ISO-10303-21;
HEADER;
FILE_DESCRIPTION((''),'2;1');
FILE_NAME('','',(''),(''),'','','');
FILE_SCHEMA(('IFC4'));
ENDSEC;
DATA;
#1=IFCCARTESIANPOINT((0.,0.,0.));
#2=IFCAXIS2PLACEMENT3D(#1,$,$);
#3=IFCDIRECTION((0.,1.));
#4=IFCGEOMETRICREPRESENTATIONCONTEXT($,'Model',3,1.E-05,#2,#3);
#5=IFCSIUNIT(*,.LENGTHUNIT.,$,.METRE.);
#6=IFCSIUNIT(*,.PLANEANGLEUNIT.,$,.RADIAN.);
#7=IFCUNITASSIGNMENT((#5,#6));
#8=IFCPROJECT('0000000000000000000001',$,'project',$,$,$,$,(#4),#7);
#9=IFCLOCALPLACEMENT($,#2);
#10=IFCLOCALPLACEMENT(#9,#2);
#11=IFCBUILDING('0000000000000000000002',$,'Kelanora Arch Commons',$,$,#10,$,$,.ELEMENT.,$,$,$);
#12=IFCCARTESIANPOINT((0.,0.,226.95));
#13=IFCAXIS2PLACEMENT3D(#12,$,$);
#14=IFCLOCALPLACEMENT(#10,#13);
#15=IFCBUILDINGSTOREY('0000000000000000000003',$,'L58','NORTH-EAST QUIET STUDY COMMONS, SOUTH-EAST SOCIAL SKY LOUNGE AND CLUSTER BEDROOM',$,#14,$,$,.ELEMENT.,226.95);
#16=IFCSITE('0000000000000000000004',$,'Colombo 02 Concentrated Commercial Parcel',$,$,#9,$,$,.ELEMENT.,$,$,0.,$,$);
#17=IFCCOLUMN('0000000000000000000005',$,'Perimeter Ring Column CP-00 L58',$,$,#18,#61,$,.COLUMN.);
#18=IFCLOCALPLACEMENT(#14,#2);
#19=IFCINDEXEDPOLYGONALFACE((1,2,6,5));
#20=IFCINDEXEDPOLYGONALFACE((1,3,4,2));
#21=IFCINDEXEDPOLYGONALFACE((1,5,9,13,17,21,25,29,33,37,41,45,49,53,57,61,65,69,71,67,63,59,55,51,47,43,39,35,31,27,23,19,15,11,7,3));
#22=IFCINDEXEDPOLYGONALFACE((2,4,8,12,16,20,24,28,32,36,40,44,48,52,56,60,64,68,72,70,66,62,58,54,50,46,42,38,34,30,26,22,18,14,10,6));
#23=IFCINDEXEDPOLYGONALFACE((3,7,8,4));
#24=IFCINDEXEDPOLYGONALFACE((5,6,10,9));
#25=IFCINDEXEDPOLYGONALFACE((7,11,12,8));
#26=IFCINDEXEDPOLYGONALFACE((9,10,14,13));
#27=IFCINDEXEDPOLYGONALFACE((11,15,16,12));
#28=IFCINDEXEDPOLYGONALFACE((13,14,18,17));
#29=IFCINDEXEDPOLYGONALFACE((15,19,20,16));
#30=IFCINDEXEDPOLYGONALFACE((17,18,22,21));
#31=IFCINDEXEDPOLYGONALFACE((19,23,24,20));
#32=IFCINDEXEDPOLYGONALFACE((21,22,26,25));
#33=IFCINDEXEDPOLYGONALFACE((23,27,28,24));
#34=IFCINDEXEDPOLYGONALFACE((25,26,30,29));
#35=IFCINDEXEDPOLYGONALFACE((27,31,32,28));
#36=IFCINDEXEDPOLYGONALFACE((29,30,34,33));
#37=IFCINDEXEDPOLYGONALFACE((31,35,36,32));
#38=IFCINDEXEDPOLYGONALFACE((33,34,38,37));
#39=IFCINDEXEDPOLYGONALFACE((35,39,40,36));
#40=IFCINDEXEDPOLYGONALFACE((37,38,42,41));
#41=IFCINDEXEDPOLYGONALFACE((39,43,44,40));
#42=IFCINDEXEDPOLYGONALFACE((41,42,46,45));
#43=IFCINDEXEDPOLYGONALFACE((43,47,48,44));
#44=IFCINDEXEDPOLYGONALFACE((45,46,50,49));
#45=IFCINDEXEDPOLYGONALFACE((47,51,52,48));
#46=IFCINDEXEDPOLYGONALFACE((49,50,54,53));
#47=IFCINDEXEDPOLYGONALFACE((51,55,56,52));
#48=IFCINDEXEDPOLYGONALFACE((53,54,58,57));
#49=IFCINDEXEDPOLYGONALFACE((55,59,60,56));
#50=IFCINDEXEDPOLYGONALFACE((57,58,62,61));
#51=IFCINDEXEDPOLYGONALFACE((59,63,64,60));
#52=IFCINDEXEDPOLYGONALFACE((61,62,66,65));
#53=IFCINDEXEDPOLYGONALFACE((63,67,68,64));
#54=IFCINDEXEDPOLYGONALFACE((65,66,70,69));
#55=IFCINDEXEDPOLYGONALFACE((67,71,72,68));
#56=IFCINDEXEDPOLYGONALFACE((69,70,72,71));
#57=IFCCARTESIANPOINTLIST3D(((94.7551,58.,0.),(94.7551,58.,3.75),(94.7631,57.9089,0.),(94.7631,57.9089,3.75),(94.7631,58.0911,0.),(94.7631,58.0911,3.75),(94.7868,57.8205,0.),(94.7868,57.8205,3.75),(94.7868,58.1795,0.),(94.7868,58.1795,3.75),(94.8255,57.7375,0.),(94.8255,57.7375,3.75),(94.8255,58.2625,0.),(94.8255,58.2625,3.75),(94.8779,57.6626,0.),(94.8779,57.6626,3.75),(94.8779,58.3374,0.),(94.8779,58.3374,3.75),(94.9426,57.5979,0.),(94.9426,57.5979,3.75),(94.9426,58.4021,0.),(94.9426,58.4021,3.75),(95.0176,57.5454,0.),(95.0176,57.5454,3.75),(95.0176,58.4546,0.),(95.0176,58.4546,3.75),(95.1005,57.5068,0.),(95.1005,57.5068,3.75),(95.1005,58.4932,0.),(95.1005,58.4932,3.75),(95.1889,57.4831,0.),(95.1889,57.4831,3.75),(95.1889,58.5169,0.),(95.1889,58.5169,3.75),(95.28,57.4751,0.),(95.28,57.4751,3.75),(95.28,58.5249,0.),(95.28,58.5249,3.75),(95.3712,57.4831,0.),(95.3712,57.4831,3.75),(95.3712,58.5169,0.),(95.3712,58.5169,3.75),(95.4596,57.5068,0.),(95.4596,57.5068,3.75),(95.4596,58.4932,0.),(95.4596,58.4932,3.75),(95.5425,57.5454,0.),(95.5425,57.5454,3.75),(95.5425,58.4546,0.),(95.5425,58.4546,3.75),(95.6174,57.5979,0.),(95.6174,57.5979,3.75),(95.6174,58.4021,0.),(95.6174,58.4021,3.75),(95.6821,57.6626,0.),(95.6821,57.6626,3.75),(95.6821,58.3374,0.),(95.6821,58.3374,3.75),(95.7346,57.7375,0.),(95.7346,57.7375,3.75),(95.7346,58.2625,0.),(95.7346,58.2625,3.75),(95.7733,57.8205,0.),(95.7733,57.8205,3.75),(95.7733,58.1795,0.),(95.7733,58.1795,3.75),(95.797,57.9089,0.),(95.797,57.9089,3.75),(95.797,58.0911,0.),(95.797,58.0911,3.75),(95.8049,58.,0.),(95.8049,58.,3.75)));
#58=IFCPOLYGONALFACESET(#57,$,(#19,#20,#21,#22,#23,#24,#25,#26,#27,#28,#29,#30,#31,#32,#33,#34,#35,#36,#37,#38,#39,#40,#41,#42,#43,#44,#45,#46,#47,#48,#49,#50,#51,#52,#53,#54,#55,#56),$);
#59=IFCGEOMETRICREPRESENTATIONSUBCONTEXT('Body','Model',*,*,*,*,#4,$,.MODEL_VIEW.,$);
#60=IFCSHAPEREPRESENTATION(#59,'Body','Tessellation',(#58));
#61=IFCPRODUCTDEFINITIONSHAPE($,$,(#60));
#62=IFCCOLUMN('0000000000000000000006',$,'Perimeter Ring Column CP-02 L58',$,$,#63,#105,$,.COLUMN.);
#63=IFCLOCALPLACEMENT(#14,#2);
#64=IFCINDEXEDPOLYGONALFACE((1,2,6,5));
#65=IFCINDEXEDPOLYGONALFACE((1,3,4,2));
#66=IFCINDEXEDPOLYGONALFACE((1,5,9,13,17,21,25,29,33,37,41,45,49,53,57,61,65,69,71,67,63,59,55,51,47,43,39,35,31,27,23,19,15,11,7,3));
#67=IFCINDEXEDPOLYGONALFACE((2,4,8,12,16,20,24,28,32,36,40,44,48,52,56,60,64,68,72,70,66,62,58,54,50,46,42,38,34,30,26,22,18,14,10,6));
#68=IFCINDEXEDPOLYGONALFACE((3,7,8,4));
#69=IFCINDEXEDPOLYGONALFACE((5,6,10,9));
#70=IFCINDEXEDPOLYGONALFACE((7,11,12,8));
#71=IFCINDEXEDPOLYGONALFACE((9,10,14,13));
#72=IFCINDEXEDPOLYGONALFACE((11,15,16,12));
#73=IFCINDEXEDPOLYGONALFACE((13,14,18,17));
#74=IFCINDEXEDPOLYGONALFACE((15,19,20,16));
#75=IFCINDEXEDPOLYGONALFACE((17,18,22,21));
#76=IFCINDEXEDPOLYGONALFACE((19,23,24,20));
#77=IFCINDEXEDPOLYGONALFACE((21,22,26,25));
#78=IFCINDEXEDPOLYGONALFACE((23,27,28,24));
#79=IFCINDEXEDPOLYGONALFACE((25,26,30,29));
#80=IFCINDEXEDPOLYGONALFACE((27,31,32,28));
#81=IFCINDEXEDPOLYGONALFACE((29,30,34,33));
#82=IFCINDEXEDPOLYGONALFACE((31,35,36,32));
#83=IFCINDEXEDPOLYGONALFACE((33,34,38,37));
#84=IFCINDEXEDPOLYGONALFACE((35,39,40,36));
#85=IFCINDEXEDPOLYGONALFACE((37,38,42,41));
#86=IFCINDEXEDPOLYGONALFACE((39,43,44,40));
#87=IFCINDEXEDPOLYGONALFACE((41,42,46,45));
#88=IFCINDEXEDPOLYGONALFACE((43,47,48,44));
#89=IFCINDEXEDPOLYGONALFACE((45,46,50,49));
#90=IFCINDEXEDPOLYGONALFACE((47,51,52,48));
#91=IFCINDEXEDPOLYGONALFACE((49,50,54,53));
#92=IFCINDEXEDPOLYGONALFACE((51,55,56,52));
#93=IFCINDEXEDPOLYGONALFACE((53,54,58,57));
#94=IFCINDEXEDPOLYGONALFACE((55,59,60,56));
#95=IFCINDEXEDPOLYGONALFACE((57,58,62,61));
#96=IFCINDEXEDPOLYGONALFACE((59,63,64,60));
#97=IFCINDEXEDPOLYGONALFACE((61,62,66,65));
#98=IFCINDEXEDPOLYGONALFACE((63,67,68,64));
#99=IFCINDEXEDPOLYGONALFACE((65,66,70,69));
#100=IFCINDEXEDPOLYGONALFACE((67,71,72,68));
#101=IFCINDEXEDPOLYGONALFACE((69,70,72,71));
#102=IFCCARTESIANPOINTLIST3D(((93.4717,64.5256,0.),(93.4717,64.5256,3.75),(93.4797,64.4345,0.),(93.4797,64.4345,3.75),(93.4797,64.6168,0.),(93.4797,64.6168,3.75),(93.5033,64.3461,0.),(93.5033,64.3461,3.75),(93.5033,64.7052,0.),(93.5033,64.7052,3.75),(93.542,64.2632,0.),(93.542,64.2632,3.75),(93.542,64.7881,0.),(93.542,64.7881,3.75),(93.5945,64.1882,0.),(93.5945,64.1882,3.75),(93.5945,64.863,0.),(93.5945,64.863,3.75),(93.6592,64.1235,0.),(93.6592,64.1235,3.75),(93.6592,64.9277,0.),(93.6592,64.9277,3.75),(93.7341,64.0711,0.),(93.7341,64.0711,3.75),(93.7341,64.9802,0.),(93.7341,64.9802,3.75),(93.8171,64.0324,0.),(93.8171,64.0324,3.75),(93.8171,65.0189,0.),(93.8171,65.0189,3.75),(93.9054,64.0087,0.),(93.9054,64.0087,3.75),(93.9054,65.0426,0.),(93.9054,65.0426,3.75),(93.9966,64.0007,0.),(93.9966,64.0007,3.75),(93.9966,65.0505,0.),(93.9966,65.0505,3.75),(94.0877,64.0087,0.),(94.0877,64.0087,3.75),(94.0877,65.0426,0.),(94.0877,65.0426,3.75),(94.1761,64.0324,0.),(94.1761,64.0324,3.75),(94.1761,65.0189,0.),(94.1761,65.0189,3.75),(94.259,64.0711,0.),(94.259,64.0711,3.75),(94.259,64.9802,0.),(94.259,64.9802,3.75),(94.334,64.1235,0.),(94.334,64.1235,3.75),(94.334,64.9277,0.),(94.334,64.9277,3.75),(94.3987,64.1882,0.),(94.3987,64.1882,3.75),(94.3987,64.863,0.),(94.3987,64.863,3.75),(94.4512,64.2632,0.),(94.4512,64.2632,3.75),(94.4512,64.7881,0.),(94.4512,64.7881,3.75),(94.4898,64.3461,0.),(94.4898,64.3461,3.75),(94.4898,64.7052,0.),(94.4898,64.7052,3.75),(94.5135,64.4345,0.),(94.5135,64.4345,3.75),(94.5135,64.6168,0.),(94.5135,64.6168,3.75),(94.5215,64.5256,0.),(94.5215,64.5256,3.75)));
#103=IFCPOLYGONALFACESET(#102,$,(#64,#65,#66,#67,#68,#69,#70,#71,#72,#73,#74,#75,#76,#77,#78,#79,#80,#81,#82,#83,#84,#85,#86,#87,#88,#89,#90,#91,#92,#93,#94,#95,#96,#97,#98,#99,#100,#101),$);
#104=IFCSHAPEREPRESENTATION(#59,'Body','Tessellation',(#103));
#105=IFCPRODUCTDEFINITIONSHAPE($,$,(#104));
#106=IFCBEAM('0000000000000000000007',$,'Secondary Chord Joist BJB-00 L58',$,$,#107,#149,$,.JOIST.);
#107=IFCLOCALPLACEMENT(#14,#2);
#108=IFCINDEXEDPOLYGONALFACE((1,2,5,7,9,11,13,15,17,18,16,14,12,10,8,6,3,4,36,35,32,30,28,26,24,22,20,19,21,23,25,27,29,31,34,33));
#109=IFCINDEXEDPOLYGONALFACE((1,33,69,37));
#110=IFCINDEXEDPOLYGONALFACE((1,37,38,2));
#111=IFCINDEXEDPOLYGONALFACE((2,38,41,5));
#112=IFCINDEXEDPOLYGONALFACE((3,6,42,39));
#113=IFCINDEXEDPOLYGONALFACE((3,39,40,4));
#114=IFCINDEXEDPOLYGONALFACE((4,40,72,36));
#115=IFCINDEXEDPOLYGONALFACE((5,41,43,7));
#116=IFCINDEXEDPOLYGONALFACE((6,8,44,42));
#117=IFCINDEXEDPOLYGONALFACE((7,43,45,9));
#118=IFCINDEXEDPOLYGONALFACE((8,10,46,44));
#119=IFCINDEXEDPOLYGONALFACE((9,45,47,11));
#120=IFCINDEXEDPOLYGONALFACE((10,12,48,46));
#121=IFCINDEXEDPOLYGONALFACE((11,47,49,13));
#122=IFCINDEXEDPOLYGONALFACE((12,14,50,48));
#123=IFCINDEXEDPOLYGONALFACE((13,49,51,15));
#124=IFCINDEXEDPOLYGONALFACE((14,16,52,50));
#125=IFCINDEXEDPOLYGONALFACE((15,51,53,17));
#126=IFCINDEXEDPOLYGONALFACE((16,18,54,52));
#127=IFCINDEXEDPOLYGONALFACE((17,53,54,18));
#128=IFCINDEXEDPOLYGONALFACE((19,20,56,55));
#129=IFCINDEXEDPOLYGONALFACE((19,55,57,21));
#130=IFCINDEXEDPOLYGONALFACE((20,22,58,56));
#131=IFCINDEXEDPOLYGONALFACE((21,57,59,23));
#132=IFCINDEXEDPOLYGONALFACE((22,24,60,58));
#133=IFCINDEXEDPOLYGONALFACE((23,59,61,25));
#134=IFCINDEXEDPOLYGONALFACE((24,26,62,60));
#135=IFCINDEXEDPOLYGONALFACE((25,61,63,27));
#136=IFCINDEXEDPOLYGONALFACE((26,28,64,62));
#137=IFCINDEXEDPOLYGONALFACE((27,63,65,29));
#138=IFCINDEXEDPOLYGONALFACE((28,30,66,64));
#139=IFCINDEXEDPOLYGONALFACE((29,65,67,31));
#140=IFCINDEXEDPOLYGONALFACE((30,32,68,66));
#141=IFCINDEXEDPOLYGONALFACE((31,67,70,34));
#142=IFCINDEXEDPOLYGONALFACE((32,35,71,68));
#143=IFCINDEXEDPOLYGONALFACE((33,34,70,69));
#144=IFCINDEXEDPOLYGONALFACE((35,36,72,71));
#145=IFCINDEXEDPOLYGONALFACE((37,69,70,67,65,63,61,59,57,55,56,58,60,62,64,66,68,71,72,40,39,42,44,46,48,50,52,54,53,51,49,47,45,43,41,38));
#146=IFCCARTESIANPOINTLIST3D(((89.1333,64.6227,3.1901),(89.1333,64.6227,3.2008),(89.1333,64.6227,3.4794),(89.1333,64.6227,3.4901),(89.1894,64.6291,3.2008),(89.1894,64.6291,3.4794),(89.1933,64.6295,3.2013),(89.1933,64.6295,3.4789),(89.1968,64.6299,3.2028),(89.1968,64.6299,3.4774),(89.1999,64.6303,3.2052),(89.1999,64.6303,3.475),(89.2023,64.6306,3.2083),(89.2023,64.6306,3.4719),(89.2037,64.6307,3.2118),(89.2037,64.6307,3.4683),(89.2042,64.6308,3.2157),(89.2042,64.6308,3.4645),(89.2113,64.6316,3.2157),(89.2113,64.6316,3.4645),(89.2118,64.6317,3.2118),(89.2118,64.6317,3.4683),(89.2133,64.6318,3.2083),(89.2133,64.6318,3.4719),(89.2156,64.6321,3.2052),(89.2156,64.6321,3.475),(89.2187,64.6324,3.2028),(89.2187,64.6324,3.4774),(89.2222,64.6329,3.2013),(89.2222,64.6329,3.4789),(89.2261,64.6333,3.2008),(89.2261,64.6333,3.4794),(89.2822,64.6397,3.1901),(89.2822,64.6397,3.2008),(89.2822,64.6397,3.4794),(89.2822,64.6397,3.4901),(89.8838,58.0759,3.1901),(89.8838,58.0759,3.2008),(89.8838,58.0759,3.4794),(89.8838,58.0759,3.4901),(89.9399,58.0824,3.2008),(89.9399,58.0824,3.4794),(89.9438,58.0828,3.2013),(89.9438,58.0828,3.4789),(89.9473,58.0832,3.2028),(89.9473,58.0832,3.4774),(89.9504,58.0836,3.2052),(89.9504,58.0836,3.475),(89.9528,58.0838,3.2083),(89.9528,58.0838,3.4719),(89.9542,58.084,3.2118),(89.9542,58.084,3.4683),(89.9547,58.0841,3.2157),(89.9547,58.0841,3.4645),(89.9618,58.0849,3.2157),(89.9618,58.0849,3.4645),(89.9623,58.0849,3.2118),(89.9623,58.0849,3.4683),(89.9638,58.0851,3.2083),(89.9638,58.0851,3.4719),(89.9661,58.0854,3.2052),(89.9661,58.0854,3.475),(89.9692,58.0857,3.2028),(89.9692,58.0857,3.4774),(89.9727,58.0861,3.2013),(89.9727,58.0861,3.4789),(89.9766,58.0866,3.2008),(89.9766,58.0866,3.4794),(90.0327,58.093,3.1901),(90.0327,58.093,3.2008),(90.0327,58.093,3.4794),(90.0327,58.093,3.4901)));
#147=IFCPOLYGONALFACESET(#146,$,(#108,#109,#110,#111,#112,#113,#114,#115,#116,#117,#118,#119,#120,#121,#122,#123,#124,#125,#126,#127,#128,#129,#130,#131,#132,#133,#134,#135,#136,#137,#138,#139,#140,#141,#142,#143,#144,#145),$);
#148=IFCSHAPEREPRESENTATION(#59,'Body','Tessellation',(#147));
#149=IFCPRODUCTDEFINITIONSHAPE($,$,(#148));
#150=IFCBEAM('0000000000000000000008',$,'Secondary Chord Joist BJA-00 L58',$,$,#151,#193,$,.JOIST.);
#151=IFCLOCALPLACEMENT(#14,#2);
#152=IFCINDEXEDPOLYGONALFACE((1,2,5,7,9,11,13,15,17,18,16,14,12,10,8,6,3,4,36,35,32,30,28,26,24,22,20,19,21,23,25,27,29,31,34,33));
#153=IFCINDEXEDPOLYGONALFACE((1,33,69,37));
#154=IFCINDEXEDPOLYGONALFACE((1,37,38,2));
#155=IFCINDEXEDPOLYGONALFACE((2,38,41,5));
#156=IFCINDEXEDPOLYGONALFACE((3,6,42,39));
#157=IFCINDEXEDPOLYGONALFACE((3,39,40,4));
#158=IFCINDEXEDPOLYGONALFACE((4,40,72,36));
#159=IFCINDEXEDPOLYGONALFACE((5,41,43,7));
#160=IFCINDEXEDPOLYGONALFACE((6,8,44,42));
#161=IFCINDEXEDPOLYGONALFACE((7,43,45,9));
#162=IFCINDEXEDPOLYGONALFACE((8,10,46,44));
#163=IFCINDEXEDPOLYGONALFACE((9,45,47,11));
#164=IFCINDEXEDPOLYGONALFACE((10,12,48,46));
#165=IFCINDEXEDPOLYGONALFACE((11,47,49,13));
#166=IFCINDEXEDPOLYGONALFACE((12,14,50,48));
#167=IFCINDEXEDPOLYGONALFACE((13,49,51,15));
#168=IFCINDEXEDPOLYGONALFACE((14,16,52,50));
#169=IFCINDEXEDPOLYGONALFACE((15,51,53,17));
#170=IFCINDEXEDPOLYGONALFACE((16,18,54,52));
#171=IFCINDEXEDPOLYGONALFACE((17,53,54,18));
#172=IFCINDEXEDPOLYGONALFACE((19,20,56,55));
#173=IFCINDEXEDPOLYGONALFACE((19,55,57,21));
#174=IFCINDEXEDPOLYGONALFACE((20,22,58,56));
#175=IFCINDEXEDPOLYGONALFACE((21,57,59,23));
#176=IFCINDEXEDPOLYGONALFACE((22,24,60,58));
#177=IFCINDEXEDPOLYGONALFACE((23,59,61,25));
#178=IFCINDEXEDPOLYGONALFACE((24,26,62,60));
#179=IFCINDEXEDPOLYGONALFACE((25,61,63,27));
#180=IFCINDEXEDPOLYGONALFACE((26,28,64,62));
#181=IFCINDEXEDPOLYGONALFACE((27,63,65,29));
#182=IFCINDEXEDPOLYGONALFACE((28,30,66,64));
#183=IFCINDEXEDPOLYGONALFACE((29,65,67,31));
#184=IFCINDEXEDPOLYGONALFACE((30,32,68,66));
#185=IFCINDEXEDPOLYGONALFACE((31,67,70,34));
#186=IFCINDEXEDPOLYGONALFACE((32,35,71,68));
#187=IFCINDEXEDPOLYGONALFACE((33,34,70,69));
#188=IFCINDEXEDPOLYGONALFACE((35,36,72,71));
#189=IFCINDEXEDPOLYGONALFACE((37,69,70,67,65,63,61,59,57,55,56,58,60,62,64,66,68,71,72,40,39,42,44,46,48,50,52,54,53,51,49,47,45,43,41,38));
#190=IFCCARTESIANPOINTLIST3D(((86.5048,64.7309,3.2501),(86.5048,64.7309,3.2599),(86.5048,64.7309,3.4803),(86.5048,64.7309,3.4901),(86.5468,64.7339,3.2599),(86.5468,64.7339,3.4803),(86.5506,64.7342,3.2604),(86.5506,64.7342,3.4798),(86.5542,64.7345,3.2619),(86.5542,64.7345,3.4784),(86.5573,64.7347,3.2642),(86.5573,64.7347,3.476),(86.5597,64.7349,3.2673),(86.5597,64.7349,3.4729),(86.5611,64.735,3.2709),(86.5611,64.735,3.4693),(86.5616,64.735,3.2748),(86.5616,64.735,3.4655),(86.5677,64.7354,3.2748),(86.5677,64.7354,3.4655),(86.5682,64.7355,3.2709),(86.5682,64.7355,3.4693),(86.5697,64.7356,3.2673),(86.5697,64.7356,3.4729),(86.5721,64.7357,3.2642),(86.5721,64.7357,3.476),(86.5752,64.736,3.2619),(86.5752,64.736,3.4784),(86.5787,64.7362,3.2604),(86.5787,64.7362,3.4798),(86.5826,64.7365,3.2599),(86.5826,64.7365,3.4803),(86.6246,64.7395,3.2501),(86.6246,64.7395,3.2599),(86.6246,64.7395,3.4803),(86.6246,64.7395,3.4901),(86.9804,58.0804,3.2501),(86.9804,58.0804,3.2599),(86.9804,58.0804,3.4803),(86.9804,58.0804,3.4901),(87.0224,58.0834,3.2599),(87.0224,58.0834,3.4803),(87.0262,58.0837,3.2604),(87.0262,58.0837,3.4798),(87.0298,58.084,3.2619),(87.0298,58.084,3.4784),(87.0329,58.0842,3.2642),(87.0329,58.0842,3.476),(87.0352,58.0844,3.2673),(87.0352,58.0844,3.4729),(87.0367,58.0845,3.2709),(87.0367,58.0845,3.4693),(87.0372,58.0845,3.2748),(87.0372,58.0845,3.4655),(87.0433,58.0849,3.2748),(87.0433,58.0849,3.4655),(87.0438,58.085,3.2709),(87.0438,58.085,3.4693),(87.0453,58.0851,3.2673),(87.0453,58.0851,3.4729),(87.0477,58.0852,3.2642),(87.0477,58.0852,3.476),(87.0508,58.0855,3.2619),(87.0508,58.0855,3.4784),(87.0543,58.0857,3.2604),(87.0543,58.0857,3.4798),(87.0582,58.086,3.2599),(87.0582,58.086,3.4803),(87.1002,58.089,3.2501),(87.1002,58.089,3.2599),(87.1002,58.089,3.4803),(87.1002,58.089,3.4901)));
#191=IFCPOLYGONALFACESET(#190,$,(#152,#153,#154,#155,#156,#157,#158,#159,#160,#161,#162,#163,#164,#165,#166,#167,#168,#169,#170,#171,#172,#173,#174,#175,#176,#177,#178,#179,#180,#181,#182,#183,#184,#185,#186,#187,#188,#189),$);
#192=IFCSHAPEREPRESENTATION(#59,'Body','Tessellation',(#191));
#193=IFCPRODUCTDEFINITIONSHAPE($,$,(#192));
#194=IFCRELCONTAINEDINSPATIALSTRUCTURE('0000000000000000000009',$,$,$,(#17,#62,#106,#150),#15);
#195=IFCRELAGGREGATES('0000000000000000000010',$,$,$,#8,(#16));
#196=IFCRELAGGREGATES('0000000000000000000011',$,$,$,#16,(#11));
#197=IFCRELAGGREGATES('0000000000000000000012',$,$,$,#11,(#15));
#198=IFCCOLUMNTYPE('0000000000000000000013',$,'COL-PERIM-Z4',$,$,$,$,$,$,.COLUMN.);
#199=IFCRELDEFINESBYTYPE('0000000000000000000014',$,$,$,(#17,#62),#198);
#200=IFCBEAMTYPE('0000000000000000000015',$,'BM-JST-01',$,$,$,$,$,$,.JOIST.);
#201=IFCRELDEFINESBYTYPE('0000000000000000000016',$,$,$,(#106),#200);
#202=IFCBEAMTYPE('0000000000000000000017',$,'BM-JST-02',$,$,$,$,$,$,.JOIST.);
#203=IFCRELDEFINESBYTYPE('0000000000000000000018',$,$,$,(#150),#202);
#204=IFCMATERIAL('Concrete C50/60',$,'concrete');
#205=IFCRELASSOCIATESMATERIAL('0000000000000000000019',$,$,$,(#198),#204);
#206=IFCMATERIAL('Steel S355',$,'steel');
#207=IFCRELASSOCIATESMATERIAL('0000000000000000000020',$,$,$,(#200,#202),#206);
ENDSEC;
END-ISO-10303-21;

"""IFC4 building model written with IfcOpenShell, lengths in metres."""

from ifc_helpers import new_model, si_unit, direction, frame, origin, origin_2d, place, context, subcontext, project, spatial, circle, i_section, extrude, material, material_profile, profile_set, type_object, element, save


model = new_model("IFC4")

# Units and contexts
model_context = context("Model", 3, precision=1e-05, world=origin(), true_north=direction((0.0, 1.0)))
body_context = subcontext(model_context, "Body", "Model", "MODEL_VIEW")
ifc_project = project(units=[si_unit("LENGTHUNIT", "METRE"), si_unit("PLANEANGLEUNIT", "RADIAN")], contexts=[model_context])

# Site, building, storey
site_placement = place(None, origin())
site = spatial("IfcSite", under=ifc_project, at=site_placement, Name="Colombo 02 Concentrated Commercial Parcel", CompositionType="ELEMENT", RefElevation=0.0)
building_placement = place(site_placement, origin())
building = spatial("IfcBuilding", under=site, at=building_placement, Name="Kelanora Arch Commons", CompositionType="ELEMENT")
storey_placement = place(building_placement, frame((0.0, 0.0, 226.95)))
storey = spatial("IfcBuildingStorey", under=building, at=storey_placement, Name="L58", Description="NORTH-EAST QUIET STUDY COMMONS, SOUTH-EAST SOCIAL SKY LOUNGE AND CLUSTER BEDROOM", CompositionType="ELEMENT", Elevation=226.95)

# Columns
ifc_material_1 = material(Name="Concrete C50/60", Category="concrete")
ifc_material_profile_1 = material_profile(ifc_material_1, circle(Radius=0.5249, at=origin_2d()), Name="RCC1050")
ifc_profile_set_1 = profile_set([ifc_material_profile_1], Name="Concrete C50/60")
column_type = type_object("IfcColumnType", Name="COL-PERIM-Z4", PredefinedType="COLUMN", material=ifc_profile_set_1)
for number, where, z_axis, x_axis, name in (
    (1, (95.28, 58.0, 0.0), (0.0, 0.0, 1.0), (1.0, 0.0, 0.0), "Perimeter Ring Column CP-00 L58"),
    (2, (93.9966, 64.5256, 0.0), (0.0, 0.0, 1.0), (1.0, 0.0, 0.0), "Perimeter Ring Column CP-02 L58"),
):
    element("IfcColumn", number, at=place(storey_placement, frame(where, z_axis=z_axis, x_axis=x_axis)), inside=storey, type_object=column_type, Name=name, PredefinedType="COLUMN", context=body_context, shape_type="SweptSolid", body=[
        extrude(circle(Radius=0.5249, at=origin_2d()), origin(), (0.0, 0.0, 1.0), 3.75),
    ])

# Beams
ifc_material_2 = material(Name="Steel S355", Category="steel")
ifc_material_profile_2 = material_profile(ifc_material_2, i_section(OverallWidth=0.1499, OverallDepth=0.3, WebThickness=0.0071, FlangeThickness=0.0107, FilletRadius=0.0149, at=origin_2d()), Name="IPE300")
ifc_profile_set_2 = profile_set([ifc_material_profile_2], Name="Steel S355")
beam_type_1 = type_object("IfcBeamType", Name="BM-JST-01", PredefinedType="JOIST", material=ifc_profile_set_2)
beam_1_placement = place(storey_placement, frame((89.9583, 58.0845, 3.3401), z_axis=(-0.113891, 0.993493, 0.0), x_axis=(-0.993493, -0.113891, 0.0)))
element("IfcBeam", 3, at=beam_1_placement, inside=storey, type_object=beam_type_1, Name="Secondary Chord Joist BJB-00 L58", PredefinedType="JOIST", context=body_context, shape_type="SweptSolid", body=[
    extrude(i_section(OverallWidth=0.1499, OverallDepth=0.3, WebThickness=0.0071, FlangeThickness=0.0107, FilletRadius=0.0149, at=origin_2d()), origin(), (0.0, 0.0, 1.0), 6.5896),
])
ifc_material_profile_3 = material_profile(ifc_material_2, i_section(OverallWidth=0.1201, OverallDepth=0.24, WebThickness=0.0061, FlangeThickness=0.0098, FilletRadius=0.0149, at=origin_2d()), Name="IPE240")
ifc_profile_set_3 = profile_set([ifc_material_profile_3], Name="Steel S355")
beam_type_2 = type_object("IfcBeamType", Name="BM-JST-02", PredefinedType="JOIST", material=ifc_profile_set_3)
beam_2_placement = place(storey_placement, frame((87.0403, 58.0847, 3.3701), z_axis=(-0.07133, 0.997453, 0.0), x_axis=(-0.997453, -0.07133, 0.0)))
element("IfcBeam", 4, at=beam_2_placement, inside=storey, type_object=beam_type_2, Name="Secondary Chord Joist BJA-00 L58", PredefinedType="JOIST", context=body_context, shape_type="SweptSolid", body=[
    extrude(i_section(OverallWidth=0.1201, OverallDepth=0.24, WebThickness=0.0061, FlangeThickness=0.0098, FilletRadius=0.0149, at=origin_2d()), origin(), (0.0, 0.0, 1.0), 6.6675),
])

save(model, "model.ifc")
